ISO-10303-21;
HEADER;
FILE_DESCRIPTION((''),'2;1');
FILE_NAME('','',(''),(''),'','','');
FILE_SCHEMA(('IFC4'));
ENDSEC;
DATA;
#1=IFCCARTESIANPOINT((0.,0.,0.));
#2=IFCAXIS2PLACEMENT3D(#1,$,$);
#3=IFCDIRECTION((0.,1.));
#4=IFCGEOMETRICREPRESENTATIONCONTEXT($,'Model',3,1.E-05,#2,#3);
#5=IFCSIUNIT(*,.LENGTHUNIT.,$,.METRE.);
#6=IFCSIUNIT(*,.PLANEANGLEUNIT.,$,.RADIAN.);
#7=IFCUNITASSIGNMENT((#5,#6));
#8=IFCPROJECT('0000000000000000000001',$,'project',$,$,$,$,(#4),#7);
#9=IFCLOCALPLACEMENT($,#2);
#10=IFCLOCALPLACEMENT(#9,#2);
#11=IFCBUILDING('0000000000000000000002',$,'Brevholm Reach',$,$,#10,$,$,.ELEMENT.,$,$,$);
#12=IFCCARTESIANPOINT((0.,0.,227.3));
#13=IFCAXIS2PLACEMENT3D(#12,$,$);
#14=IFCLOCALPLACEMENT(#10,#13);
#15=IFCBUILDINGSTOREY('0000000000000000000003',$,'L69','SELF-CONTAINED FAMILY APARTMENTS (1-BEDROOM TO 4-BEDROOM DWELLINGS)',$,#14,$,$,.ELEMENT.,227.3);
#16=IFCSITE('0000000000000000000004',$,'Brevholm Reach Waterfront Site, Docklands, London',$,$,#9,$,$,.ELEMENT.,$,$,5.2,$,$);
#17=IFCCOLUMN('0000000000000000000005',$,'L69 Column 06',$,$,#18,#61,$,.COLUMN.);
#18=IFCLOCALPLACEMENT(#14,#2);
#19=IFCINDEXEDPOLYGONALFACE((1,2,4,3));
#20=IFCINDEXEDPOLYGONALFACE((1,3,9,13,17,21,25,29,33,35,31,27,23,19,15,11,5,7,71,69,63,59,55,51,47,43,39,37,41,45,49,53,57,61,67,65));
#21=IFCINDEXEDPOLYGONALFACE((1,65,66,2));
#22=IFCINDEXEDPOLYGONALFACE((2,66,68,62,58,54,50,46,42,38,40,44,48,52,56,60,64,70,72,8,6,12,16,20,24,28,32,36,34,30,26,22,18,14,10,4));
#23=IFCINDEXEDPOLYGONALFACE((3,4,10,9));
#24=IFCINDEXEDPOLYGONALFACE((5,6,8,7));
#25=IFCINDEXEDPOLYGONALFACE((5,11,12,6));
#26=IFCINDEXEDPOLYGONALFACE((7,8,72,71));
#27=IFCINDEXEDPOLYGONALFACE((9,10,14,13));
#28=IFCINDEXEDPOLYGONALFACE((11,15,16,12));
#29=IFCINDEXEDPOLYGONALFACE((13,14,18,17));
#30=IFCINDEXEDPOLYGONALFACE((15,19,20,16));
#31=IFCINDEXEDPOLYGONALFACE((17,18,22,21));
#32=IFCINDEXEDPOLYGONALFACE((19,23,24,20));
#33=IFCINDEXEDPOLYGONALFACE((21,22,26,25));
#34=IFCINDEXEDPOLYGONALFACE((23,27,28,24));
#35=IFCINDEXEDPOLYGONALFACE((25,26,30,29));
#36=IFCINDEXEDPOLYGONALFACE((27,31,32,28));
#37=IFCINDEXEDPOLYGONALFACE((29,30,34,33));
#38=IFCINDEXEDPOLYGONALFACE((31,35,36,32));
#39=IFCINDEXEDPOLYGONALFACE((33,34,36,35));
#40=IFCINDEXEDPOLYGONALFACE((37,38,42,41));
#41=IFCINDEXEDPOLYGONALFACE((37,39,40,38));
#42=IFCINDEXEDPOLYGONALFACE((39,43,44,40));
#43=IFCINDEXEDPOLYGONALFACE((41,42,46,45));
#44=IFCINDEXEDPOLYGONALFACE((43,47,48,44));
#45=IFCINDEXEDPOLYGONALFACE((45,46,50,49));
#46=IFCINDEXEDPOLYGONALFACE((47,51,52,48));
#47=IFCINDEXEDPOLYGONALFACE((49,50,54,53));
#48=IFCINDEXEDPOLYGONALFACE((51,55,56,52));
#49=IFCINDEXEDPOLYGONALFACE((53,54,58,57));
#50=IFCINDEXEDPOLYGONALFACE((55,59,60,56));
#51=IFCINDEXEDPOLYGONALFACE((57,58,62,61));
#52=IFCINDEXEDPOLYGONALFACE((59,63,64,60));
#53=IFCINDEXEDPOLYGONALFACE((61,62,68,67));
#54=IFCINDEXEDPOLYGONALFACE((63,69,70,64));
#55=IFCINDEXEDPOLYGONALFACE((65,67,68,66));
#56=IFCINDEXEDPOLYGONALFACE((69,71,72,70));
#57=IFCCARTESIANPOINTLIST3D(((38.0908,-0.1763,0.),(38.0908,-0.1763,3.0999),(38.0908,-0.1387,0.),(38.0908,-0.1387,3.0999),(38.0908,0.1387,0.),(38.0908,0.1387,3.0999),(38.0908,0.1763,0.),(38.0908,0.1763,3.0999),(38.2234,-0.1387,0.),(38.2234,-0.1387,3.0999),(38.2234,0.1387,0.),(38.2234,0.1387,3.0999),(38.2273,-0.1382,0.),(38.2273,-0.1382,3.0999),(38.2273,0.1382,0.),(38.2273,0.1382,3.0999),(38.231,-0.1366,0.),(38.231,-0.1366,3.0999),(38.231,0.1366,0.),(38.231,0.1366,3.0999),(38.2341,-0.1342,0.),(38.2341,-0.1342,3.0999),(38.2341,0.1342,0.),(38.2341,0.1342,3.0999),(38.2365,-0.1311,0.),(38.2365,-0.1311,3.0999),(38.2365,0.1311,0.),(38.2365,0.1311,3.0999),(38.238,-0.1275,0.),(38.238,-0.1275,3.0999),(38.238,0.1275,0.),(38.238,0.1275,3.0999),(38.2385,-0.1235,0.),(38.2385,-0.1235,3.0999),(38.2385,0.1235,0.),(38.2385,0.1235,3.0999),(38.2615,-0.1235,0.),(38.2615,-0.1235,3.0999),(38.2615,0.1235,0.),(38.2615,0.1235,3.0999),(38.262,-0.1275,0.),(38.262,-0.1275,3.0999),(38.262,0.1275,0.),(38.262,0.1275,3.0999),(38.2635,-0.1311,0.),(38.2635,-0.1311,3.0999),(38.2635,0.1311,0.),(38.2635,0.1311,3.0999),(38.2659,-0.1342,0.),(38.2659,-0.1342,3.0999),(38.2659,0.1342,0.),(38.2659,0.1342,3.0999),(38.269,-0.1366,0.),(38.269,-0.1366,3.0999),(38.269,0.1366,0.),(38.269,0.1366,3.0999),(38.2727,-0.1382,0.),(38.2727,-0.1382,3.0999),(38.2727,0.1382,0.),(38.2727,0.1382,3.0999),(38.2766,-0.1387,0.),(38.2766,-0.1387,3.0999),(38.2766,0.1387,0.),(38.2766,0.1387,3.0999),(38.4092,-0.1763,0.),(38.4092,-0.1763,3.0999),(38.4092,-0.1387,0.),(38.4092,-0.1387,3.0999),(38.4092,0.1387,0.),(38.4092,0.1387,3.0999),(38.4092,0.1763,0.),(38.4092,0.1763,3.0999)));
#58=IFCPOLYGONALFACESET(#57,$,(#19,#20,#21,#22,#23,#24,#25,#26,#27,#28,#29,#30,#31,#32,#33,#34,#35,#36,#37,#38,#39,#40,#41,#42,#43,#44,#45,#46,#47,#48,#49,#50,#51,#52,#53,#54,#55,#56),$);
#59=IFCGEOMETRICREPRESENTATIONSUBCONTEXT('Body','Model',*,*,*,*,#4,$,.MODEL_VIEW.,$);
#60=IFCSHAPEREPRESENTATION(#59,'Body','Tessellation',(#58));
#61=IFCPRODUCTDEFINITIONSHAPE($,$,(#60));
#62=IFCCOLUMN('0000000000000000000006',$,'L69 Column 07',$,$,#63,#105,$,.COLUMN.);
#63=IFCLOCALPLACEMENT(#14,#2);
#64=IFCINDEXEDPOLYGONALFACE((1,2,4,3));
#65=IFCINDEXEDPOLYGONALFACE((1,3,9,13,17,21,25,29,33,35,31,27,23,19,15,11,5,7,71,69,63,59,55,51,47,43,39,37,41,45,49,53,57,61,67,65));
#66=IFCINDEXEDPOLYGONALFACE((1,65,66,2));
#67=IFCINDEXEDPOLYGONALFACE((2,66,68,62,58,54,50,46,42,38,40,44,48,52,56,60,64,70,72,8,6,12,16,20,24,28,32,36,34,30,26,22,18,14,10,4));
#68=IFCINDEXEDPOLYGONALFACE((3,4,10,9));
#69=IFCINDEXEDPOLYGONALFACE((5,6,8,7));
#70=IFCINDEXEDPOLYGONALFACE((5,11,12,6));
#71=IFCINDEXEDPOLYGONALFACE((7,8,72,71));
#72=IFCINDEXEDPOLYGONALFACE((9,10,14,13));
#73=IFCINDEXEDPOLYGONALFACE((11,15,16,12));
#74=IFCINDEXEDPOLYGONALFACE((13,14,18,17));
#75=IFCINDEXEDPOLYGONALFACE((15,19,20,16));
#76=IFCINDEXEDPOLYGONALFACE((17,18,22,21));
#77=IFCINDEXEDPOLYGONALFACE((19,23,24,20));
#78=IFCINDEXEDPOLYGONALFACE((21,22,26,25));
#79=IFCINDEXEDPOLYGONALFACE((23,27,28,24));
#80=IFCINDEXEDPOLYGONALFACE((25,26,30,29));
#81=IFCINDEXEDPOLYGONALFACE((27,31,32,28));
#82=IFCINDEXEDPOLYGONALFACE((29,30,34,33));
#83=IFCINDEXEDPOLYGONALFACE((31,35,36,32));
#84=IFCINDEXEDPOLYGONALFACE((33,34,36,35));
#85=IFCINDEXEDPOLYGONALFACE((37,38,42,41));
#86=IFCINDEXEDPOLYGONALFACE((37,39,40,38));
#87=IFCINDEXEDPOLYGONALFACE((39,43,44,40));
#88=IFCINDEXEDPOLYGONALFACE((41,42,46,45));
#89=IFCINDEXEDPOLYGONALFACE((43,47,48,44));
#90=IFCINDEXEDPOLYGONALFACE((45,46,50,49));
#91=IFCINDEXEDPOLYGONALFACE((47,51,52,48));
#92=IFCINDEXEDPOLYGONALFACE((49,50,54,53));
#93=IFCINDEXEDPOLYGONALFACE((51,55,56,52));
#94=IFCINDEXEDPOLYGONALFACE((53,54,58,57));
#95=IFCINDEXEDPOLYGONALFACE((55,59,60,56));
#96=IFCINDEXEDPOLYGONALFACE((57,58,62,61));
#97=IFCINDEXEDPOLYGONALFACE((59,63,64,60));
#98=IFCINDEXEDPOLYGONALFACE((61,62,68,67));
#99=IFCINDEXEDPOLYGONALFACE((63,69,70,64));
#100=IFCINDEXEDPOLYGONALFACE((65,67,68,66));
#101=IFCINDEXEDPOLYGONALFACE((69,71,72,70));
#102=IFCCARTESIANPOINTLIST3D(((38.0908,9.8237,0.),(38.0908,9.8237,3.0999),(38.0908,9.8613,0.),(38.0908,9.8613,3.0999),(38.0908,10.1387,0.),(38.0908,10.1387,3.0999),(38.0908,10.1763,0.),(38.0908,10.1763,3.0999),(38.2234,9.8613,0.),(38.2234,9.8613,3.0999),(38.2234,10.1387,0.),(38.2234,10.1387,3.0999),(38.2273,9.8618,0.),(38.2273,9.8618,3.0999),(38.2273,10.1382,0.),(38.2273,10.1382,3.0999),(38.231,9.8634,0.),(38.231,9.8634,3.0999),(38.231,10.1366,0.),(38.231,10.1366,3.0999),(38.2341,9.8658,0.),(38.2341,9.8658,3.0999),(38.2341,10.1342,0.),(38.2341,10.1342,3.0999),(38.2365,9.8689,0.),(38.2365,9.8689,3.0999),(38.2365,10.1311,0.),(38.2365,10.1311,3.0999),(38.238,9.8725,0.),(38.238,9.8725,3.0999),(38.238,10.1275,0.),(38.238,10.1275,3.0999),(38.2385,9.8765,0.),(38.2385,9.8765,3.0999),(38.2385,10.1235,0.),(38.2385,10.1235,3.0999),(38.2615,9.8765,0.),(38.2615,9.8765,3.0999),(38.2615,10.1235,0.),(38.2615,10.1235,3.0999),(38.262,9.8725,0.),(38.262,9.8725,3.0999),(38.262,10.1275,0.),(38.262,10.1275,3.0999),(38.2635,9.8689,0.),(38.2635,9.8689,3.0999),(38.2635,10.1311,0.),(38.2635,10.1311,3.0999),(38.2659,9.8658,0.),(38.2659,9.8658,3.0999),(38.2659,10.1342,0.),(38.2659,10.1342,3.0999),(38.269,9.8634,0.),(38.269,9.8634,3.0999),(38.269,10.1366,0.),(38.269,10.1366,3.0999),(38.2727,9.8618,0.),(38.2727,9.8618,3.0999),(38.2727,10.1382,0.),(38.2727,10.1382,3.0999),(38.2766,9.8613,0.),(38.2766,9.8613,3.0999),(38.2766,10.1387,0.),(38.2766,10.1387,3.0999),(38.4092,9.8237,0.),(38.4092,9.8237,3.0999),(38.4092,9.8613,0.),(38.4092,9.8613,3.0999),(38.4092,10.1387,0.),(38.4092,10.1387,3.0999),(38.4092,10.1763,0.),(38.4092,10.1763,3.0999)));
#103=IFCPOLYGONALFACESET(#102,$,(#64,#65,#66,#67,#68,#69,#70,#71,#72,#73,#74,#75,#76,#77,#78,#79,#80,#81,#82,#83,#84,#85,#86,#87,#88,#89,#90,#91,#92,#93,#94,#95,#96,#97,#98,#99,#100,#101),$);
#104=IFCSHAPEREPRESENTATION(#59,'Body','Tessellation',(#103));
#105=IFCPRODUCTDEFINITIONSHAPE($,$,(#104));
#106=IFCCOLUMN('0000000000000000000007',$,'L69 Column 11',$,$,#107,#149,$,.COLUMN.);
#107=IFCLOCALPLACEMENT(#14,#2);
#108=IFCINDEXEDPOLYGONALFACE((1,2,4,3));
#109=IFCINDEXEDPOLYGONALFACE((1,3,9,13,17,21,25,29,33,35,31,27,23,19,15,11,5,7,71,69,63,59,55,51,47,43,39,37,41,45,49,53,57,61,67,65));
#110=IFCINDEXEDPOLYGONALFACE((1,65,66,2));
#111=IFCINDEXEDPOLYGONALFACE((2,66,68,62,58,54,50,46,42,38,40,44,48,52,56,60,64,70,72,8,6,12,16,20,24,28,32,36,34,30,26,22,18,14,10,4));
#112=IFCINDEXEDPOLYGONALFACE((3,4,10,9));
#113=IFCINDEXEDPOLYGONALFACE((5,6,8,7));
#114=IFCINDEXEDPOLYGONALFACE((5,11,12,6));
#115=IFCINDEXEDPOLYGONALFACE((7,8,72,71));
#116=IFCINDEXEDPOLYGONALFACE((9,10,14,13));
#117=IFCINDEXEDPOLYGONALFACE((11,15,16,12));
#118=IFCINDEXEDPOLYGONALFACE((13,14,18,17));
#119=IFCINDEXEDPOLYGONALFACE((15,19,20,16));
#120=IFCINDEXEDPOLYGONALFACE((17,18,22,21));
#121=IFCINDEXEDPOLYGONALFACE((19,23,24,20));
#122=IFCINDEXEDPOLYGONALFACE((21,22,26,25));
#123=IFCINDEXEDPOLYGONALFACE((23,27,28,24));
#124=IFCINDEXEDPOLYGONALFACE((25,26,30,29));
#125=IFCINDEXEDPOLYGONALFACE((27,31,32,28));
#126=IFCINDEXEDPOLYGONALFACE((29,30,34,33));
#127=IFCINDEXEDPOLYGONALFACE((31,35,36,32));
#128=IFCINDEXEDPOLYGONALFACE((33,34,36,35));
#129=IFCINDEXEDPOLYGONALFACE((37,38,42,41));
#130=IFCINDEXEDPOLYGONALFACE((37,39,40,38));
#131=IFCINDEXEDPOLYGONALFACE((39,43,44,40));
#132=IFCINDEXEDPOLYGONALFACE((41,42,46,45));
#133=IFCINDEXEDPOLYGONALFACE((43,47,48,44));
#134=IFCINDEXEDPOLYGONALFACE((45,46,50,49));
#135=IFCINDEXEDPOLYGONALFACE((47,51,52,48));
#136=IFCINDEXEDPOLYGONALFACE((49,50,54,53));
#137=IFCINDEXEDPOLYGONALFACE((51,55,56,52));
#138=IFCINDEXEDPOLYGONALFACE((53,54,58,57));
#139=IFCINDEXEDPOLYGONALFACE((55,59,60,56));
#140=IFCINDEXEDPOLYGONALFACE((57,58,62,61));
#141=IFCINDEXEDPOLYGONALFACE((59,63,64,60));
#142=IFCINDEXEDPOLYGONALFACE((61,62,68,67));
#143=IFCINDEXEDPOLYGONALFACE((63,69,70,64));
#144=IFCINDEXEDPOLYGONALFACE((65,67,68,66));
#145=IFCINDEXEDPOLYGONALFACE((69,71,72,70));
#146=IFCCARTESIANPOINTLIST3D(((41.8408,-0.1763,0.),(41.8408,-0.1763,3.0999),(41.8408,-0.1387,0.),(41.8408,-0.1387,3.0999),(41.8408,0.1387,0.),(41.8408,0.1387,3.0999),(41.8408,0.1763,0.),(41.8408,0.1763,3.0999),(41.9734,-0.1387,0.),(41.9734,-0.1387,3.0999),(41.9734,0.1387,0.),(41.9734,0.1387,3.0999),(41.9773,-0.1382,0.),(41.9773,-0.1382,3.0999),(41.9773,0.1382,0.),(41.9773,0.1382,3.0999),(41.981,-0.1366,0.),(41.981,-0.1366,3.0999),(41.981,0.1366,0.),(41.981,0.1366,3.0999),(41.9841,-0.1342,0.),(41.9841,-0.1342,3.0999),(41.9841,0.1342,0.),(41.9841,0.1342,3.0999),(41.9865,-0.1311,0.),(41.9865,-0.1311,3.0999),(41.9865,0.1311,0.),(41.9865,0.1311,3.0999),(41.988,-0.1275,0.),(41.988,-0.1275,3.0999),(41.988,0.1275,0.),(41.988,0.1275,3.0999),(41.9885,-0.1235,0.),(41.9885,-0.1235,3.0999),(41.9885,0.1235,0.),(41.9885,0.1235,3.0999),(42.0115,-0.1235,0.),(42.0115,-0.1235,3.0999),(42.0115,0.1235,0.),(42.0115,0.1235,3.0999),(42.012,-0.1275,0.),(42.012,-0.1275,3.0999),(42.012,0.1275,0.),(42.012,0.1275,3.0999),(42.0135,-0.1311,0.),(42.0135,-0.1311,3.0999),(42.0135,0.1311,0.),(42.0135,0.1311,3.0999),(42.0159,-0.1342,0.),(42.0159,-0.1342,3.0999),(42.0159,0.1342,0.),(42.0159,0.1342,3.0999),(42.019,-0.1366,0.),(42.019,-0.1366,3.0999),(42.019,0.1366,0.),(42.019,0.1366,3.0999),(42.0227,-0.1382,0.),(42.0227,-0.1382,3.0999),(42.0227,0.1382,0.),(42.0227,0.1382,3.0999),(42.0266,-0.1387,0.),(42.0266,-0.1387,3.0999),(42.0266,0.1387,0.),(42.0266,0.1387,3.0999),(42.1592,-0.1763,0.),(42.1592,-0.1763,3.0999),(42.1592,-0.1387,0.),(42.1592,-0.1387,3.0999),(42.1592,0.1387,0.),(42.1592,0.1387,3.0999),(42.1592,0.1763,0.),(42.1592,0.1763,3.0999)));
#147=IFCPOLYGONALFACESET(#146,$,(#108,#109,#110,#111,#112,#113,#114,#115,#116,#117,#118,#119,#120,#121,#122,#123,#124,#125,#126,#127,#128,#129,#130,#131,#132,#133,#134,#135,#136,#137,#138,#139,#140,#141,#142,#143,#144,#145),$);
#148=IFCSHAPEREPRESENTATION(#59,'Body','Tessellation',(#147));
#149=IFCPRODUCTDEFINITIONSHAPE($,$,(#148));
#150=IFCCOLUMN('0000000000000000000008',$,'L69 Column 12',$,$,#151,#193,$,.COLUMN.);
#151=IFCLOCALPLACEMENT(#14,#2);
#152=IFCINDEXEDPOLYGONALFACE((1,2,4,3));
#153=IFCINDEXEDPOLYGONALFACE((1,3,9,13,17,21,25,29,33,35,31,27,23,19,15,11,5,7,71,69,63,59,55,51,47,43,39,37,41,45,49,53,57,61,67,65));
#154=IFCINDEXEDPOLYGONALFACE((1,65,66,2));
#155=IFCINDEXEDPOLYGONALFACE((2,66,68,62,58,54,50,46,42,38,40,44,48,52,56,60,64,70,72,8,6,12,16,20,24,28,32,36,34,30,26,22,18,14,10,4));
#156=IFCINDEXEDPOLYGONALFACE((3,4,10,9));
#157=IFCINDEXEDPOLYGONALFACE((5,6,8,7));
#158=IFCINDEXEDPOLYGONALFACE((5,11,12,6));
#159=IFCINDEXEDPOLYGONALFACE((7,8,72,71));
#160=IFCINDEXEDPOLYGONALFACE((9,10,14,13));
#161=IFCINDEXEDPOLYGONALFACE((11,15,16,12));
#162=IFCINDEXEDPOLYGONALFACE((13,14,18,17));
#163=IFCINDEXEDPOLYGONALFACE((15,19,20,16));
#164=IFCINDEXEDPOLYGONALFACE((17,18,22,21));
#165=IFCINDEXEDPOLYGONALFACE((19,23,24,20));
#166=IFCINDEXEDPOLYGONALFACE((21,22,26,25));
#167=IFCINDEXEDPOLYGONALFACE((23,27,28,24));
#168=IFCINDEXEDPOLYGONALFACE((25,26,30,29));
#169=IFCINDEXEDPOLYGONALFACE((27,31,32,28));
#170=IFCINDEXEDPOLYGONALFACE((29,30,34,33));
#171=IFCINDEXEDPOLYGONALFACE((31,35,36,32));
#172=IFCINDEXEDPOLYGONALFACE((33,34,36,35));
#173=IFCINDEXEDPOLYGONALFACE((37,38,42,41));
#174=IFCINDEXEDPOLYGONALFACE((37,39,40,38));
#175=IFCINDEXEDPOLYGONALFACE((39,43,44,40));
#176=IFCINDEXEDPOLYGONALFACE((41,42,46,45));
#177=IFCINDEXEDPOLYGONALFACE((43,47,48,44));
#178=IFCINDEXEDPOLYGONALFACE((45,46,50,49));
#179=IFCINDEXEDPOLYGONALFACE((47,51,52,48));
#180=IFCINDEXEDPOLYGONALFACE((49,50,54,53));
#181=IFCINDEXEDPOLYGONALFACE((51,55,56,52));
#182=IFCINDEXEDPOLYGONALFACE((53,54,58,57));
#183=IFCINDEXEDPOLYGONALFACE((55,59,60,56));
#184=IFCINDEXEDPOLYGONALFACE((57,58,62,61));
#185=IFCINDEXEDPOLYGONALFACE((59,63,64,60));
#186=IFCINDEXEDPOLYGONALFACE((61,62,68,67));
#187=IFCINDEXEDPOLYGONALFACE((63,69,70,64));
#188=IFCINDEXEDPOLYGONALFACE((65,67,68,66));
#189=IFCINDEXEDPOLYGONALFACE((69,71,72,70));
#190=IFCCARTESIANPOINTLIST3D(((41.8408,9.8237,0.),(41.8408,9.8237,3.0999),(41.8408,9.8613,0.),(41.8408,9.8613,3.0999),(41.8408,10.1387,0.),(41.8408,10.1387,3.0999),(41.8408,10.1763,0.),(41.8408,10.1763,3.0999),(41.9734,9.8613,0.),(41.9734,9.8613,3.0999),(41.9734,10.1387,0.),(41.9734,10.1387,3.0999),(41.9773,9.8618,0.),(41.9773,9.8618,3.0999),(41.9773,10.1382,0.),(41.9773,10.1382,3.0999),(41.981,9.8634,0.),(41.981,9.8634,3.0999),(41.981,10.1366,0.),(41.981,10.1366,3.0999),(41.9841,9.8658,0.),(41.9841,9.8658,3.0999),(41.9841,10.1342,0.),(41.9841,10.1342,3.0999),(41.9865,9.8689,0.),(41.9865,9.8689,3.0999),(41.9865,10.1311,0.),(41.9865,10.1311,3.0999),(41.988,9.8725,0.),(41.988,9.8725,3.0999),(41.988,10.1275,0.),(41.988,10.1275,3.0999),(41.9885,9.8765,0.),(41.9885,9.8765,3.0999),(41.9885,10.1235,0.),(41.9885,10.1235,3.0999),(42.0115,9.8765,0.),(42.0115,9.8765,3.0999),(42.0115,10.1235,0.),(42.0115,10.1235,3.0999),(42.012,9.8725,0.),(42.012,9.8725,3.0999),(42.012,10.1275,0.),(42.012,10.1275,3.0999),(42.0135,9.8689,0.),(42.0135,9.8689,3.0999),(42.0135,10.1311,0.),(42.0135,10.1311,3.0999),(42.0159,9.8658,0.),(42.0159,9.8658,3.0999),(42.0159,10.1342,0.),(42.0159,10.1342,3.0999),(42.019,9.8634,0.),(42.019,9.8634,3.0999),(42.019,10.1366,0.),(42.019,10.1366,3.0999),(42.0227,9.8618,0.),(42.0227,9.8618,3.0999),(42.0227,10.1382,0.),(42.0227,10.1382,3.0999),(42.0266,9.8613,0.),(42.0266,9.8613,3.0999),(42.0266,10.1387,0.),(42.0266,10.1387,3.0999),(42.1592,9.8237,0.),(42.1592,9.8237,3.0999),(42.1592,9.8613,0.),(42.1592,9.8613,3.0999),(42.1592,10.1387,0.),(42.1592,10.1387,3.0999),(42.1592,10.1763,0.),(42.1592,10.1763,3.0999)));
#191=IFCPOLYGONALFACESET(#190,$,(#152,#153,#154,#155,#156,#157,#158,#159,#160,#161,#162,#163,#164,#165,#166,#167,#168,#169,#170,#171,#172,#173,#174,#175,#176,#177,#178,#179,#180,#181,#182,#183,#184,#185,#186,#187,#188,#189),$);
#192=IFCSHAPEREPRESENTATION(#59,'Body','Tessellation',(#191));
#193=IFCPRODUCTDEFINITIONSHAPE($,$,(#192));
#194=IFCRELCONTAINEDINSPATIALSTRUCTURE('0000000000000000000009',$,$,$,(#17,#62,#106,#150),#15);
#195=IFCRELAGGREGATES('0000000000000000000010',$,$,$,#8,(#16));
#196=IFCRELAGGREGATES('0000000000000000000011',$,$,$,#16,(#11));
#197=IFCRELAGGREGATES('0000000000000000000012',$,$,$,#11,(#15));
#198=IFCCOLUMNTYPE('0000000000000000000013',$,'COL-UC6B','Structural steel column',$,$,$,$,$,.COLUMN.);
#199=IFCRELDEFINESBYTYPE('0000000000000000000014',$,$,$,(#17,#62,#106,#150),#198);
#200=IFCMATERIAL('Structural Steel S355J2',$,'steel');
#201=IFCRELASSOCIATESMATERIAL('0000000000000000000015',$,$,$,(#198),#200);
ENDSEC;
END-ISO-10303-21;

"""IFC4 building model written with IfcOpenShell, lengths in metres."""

from ifc_helpers import new_model, si_unit, direction, frame, origin, origin_2d, place, context, subcontext, project, spatial, i_section, extrude, material, material_profile, profile_set, type_object, element, save


model = new_model("IFC4")

# Units and contexts
model_context = context("Model", 3, precision=1e-05, world=origin(), true_north=direction((0.0, 1.0)))
body_context = subcontext(model_context, "Body", "Model", "MODEL_VIEW")
ifc_project = project(units=[si_unit("LENGTHUNIT", "METRE"), si_unit("PLANEANGLEUNIT", "RADIAN")], contexts=[model_context])

# Site, building, storey
site_placement = place(None, origin())
site = spatial("IfcSite", under=ifc_project, at=site_placement, Name="Brevholm Reach Waterfront Site, Docklands, London", CompositionType="ELEMENT", RefElevation=5.2)
building_placement = place(site_placement, origin())
building = spatial("IfcBuilding", under=site, at=building_placement, Name="Brevholm Reach", CompositionType="ELEMENT")
storey_placement = place(building_placement, frame((0.0, 0.0, 227.3)))
storey = spatial("IfcBuildingStorey", under=building, at=storey_placement, Name="L69", Description="SELF-CONTAINED FAMILY APARTMENTS (1-BEDROOM TO 4-BEDROOM DWELLINGS)", CompositionType="ELEMENT", Elevation=227.3)

# Columns
ifc_material_1 = material(Name="Structural Steel S355J2", Category="steel")
ifc_material_profile_1 = material_profile(ifc_material_1, i_section(OverallWidth=0.3184, OverallDepth=0.3525, WebThickness=0.0229, FlangeThickness=0.0376, FilletRadius=0.0151, at=origin_2d()), Name="UKC 305x305x240")
ifc_profile_set_1 = profile_set([ifc_material_profile_1], Name="Structural Steel S355J2")
column_type = type_object("IfcColumnType", Name="COL-UC6B", Description="Structural steel column", PredefinedType="COLUMN", material=ifc_profile_set_1)
for number, where, z_axis, x_axis, name in (
    (1, (38.25, 0.0, 0.0), (0.0, 0.0, 1.0), (1.0, 0.0, 0.0), "L69 Column 06"),
    (2, (38.25, 10.0, 0.0), (0.0, 0.0, 1.0), (1.0, 0.0, 0.0), "L69 Column 07"),
    (3, (42.0, 0.0, 0.0), (0.0, 0.0, 1.0), (1.0, 0.0, 0.0), "L69 Column 11"),
    (4, (42.0, 10.0, 0.0), (0.0, 0.0, 1.0), (1.0, 0.0, 0.0), "L69 Column 12"),
):
    element("IfcColumn", number, at=place(storey_placement, frame(where, z_axis=z_axis, x_axis=x_axis)), inside=storey, type_object=column_type, Name=name, PredefinedType="COLUMN", context=body_context, shape_type="SweptSolid", body=[
        extrude(i_section(OverallWidth=0.3184, OverallDepth=0.3525, WebThickness=0.0229, FlangeThickness=0.0376, FilletRadius=0.0151, at=origin_2d()), origin(), (0.0, 0.0, 1.0), 3.0999),
    ])

save(model, "model.ifc")
